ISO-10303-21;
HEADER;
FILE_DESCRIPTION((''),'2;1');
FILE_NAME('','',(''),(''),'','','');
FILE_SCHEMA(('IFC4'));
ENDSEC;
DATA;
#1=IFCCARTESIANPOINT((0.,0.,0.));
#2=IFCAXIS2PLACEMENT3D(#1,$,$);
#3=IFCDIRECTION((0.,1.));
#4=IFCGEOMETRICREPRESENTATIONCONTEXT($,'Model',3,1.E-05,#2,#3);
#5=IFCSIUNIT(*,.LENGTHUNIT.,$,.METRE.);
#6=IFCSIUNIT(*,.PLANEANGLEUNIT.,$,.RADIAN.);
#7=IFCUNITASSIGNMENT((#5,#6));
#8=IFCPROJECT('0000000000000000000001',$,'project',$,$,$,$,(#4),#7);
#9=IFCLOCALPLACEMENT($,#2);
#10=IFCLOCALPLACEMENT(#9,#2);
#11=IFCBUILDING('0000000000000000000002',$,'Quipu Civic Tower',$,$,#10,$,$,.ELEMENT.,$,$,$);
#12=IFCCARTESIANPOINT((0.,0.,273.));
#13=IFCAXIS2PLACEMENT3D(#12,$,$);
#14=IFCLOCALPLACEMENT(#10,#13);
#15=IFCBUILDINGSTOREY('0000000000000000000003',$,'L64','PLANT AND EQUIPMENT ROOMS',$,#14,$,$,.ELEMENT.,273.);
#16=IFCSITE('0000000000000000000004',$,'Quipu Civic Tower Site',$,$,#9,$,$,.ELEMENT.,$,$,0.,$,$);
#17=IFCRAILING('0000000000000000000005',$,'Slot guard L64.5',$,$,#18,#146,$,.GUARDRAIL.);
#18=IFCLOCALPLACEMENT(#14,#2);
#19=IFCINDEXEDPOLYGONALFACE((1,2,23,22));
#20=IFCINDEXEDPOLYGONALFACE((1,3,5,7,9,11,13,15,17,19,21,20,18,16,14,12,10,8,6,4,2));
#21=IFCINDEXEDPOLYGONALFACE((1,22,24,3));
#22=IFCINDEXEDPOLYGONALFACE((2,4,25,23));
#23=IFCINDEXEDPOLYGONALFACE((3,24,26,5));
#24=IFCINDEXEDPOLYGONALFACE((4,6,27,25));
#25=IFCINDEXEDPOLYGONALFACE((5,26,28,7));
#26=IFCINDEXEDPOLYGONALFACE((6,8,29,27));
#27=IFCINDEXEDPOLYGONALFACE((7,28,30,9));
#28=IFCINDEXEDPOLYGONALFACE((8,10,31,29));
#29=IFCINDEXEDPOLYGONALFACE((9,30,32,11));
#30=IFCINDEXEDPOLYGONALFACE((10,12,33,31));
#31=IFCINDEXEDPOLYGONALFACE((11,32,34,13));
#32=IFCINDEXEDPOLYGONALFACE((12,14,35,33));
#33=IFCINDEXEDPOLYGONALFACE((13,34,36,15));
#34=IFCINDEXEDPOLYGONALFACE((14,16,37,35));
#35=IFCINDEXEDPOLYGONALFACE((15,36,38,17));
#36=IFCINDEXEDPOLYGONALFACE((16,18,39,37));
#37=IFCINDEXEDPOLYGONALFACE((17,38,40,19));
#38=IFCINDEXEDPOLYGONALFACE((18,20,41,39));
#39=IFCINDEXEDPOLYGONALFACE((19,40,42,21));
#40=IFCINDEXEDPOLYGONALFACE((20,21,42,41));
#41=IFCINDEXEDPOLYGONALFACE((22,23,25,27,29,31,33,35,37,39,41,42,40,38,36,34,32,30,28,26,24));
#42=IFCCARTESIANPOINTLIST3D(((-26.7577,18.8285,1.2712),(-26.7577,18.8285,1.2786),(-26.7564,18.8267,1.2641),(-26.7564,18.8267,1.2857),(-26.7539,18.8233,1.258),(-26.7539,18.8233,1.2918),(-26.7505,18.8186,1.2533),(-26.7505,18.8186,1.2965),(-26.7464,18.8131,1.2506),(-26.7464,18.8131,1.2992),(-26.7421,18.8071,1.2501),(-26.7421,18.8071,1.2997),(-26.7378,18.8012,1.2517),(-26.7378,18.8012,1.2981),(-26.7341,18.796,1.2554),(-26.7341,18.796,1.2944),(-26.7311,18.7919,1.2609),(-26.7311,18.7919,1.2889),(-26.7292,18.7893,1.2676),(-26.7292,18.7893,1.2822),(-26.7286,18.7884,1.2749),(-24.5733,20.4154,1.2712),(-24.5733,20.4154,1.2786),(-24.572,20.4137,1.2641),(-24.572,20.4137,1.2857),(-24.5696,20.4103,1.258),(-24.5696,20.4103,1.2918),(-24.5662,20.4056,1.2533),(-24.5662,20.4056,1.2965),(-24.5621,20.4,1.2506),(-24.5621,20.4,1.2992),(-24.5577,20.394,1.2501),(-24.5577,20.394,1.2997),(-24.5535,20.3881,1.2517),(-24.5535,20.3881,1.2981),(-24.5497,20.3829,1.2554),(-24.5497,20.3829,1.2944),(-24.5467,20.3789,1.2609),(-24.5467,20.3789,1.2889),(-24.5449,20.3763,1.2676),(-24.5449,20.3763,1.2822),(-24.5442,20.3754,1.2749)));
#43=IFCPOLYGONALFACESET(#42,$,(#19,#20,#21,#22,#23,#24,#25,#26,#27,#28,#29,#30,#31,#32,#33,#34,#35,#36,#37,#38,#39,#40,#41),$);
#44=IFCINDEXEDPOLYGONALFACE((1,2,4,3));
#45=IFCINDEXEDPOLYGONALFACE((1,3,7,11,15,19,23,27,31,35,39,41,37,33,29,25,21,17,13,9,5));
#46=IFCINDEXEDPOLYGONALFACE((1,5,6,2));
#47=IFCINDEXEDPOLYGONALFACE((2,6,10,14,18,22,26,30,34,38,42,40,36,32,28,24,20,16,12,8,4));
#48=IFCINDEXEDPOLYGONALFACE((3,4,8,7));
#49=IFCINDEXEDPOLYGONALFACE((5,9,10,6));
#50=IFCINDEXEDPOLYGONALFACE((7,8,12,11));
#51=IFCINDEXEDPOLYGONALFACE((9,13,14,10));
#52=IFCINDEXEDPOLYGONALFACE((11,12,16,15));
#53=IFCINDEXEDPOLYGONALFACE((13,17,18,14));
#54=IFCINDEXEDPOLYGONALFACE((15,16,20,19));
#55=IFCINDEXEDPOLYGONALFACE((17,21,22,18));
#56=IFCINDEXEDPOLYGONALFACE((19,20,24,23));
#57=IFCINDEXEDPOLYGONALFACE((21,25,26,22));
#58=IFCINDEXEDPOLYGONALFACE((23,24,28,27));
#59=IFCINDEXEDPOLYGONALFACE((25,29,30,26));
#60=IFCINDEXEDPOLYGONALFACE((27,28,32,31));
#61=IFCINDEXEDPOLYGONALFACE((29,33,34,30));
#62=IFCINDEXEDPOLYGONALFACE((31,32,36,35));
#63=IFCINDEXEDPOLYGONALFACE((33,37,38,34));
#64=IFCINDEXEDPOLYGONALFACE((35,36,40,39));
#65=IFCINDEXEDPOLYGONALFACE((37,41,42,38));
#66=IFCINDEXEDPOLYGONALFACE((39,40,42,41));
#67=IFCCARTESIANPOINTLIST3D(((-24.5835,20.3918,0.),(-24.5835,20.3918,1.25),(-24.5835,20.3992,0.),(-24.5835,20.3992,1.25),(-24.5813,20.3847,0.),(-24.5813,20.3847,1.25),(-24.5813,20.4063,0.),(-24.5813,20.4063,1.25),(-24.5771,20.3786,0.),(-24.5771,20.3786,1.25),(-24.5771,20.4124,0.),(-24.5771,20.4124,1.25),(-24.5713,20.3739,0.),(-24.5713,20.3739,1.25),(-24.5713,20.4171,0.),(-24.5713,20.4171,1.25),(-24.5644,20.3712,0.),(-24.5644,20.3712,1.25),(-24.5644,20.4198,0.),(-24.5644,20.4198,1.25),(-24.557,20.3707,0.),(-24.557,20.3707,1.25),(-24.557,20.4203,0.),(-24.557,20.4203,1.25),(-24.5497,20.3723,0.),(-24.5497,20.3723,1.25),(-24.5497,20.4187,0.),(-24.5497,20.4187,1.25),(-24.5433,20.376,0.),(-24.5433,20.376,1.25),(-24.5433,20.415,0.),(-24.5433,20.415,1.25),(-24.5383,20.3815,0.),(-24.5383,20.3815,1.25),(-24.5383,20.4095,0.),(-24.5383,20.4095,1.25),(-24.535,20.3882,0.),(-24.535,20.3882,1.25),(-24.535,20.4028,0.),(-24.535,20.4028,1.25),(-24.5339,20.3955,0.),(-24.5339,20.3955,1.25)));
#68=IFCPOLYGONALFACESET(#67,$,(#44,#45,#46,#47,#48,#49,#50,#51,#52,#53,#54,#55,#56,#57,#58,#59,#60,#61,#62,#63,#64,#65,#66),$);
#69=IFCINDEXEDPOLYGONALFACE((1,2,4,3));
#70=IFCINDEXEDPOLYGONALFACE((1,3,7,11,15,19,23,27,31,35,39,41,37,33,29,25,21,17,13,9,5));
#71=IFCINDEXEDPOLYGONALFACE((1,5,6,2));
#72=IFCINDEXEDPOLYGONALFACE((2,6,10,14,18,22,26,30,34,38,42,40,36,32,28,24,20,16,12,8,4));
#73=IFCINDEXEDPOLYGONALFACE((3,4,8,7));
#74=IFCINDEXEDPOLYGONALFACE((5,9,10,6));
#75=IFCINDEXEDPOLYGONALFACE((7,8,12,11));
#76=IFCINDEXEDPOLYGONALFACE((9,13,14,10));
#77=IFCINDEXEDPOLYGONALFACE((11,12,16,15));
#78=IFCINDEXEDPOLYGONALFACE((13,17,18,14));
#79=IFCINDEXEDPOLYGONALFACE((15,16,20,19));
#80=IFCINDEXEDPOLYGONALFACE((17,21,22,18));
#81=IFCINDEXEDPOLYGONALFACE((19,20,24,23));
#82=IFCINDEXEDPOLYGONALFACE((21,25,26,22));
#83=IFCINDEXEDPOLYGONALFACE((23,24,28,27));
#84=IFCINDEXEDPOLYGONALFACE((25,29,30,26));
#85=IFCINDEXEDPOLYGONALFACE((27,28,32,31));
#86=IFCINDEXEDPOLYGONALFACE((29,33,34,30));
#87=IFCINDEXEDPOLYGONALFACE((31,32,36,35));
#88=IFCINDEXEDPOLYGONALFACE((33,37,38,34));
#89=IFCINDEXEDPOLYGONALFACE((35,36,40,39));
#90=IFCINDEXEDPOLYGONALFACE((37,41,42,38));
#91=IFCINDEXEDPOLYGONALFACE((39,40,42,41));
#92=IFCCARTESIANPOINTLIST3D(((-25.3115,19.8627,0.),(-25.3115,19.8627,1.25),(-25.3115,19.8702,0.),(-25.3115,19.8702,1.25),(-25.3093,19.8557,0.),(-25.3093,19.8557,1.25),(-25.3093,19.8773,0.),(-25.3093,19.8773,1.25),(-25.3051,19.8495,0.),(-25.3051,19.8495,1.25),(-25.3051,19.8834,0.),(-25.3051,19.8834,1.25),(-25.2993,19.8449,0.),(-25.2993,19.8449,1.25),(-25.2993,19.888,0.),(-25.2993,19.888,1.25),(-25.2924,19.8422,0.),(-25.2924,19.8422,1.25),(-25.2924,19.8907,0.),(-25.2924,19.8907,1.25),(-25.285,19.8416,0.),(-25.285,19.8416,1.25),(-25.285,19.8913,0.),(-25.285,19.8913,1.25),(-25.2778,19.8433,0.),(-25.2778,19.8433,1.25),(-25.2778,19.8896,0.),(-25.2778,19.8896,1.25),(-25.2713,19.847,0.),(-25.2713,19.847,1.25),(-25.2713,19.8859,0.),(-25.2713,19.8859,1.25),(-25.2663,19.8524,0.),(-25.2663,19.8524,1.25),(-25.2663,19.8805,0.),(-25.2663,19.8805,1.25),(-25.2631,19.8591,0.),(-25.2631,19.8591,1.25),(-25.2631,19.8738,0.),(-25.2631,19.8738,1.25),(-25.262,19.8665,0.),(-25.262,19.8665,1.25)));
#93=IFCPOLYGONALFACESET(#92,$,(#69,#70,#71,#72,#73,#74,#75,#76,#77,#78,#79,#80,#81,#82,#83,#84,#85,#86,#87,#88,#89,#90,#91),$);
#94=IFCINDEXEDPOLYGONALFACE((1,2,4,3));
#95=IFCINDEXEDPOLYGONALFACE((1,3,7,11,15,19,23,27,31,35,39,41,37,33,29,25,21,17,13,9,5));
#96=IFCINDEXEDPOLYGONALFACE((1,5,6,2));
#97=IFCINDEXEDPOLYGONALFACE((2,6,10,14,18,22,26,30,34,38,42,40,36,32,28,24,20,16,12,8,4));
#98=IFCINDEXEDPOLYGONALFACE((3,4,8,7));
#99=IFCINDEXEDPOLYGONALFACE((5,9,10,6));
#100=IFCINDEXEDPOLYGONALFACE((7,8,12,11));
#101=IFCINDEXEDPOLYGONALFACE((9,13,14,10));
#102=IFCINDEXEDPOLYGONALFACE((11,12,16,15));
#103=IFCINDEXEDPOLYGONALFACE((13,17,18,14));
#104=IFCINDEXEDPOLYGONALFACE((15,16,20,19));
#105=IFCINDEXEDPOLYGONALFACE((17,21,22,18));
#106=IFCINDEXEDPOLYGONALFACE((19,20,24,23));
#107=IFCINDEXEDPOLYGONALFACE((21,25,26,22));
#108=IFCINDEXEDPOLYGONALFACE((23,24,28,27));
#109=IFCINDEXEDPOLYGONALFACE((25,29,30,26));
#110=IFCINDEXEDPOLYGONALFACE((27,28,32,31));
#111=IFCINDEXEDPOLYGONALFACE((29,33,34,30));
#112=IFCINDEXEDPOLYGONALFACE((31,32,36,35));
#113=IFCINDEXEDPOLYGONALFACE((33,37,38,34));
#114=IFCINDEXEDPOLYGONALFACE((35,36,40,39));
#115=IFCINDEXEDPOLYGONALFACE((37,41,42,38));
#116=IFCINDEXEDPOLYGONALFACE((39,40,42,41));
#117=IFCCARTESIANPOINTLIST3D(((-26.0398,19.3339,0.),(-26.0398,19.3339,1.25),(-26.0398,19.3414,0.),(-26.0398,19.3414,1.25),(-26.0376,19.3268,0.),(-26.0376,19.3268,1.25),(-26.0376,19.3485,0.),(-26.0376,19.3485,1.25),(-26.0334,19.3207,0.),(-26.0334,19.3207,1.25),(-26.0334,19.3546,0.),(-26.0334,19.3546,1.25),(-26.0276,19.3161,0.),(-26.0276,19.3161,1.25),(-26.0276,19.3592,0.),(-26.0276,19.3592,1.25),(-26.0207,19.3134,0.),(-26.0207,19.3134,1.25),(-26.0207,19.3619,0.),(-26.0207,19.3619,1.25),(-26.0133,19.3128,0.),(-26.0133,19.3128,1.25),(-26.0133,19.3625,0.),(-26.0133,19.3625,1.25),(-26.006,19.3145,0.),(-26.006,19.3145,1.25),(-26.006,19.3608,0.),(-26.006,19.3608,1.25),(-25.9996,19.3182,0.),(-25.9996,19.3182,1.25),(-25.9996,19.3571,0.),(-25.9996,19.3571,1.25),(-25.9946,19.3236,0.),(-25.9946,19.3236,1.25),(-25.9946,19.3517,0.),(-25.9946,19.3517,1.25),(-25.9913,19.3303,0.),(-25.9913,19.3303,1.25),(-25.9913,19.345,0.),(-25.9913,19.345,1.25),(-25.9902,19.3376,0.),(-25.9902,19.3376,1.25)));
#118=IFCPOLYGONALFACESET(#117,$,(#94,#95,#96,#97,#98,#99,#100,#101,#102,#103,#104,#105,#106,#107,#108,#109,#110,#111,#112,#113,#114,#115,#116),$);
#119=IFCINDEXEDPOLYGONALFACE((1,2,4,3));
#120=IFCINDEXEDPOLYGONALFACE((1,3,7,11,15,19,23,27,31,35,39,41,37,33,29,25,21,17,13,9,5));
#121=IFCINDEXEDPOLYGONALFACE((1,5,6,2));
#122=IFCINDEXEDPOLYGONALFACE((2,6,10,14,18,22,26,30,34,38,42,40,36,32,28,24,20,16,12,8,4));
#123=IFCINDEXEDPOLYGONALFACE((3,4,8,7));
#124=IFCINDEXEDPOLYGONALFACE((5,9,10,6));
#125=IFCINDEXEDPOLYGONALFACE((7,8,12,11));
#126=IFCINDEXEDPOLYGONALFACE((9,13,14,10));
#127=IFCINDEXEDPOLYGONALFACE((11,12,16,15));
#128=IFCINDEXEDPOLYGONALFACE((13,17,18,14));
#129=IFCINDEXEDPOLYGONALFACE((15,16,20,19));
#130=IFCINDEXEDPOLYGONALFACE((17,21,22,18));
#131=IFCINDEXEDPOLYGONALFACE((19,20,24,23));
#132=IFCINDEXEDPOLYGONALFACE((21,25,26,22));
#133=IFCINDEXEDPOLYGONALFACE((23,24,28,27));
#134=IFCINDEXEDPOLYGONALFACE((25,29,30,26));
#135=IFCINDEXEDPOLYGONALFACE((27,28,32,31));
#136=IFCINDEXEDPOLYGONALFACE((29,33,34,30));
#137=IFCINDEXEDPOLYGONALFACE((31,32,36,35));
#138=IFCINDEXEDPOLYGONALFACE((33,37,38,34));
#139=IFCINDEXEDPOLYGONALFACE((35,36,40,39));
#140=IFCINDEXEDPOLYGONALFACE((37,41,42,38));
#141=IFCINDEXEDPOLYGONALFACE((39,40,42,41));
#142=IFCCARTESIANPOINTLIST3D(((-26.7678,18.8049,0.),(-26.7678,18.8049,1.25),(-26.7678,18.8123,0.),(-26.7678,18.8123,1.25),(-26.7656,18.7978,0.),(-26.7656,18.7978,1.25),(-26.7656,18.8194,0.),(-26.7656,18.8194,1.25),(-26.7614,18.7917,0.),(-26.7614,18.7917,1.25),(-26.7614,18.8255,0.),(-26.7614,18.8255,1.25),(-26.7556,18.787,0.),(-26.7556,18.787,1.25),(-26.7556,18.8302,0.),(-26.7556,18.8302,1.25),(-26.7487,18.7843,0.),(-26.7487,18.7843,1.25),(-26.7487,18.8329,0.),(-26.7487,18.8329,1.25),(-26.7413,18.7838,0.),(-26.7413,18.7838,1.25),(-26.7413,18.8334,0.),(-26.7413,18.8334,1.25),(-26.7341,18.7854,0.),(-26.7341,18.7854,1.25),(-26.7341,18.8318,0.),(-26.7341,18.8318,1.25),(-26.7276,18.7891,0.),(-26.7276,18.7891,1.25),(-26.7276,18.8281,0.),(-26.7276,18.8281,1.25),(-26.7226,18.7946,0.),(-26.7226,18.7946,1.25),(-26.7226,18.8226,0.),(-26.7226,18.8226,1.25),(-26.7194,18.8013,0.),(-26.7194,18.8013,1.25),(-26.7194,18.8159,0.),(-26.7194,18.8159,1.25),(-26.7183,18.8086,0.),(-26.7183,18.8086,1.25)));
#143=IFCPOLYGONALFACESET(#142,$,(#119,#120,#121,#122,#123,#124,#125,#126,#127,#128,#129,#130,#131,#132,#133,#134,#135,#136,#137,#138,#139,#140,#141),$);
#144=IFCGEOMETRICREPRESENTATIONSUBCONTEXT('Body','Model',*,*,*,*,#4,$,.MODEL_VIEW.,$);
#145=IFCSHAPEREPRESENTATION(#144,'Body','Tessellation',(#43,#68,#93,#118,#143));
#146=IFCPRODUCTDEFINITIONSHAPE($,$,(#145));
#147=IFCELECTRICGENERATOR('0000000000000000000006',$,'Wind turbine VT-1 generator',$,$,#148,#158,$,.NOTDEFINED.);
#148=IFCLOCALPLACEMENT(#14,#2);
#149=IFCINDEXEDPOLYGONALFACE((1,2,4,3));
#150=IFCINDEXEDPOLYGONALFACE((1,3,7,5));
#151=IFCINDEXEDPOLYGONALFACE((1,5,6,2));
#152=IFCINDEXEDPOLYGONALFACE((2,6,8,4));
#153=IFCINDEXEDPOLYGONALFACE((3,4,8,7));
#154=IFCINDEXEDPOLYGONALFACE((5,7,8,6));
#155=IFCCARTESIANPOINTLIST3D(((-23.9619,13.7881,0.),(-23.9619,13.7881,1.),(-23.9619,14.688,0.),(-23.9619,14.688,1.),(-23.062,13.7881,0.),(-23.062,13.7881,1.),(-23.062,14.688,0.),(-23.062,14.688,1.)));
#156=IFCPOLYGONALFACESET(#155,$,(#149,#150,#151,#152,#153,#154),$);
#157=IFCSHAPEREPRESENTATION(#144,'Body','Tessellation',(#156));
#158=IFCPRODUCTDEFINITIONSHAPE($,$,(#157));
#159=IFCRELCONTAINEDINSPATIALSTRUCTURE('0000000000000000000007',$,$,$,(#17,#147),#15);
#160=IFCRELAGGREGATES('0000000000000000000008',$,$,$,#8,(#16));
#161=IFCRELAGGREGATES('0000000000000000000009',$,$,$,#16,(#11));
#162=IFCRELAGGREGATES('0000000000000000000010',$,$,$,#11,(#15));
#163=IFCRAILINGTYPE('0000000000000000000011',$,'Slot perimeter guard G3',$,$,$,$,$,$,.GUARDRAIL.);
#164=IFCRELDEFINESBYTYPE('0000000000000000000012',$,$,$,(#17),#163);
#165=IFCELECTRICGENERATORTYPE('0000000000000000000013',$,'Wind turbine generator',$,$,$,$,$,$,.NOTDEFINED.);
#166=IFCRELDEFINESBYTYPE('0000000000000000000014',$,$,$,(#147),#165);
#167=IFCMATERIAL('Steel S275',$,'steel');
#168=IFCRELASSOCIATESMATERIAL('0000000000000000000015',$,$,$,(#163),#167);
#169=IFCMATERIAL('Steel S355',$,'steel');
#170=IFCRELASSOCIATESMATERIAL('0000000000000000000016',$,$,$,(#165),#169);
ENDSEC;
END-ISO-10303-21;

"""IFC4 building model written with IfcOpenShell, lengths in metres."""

from ifc_helpers import new_model, si_unit, direction, frame, origin, origin_2d, place, context, subcontext, project, spatial, rectangle, circle, extrude, material, type_object, element, save


model = new_model("IFC4")

# Units and contexts
model_context = context("Model", 3, precision=1e-05, world=origin(), true_north=direction((0.0, 1.0)))
body_context = subcontext(model_context, "Body", "Model", "MODEL_VIEW")
ifc_project = project(units=[si_unit("LENGTHUNIT", "METRE"), si_unit("PLANEANGLEUNIT", "RADIAN")], contexts=[model_context])

# Site, building, storey
site_placement = place(None, origin())
site = spatial("IfcSite", under=ifc_project, at=site_placement, Name="Quipu Civic Tower Site", CompositionType="ELEMENT", RefElevation=0.0)
building_placement = place(site_placement, origin())
building = spatial("IfcBuilding", under=site, at=building_placement, Name="Quipu Civic Tower", CompositionType="ELEMENT")
storey_placement = place(building_placement, frame((0.0, 0.0, 273.0)))
storey = spatial("IfcBuildingStorey", under=building, at=storey_placement, Name="L64", Description="PLANT AND EQUIPMENT ROOMS", CompositionType="ELEMENT", Elevation=273.0)

# Railing
ifc_material_1 = material(Name="Steel S275", Category="steel")
railing_type = type_object("IfcRailingType", Name="Slot perimeter guard G3", PredefinedType="GUARDRAIL", material=ifc_material_1)
railing_1_placement = place(storey_placement, frame((-24.5588, 20.3955, 0.0)))
element("IfcRailing", 1, at=railing_1_placement, inside=storey, type_object=railing_type, Name="Slot guard L64.5", PredefinedType="GUARDRAIL", context=body_context, shape_type="SweptSolid", body=[
    extrude(circle(Radius=0.0249, at=origin_2d()), frame((0.0, 0.0, 1.2749), z_axis=(-0.809033, -0.587763, 0.0), x_axis=(0.587763, -0.809033, 0.0)), (0.0, 0.0, 1.0), 2.7),
    extrude(circle(Radius=0.0249, at=origin_2d()), origin(), (0.0, 0.0, 1.0), 1.25),
    extrude(circle(Radius=0.0249, at=origin_2d()), frame((-0.728, -0.5291, 0.0)), (0.0, 0.0, 1.0), 1.25),
    extrude(circle(Radius=0.0249, at=origin_2d()), frame((-1.4563, -1.0579, 0.0)), (0.0, 0.0, 1.0), 1.25),
    extrude(circle(Radius=0.0249, at=origin_2d()), frame((-2.1843, -1.5869, 0.0)), (0.0, 0.0, 1.0), 1.25),
])

# Electric generator
ifc_material_2 = material(Name="Steel S355", Category="steel")
electric_generator_type = type_object("IfcElectricGeneratorType", Name="Wind turbine generator", PredefinedType="NOTDEFINED", material=ifc_material_2)
electric_generator_placement = place(storey_placement, frame((-23.512, 14.238, 0.0), z_axis=(0.0, 0.0, 1.0), x_axis=(1.0, 0.0, 0.0)))
element("IfcElectricGenerator", 2, at=electric_generator_placement, inside=storey, type_object=electric_generator_type, Name="Wind turbine VT-1 generator", PredefinedType="NOTDEFINED", context=body_context, shape_type="SweptSolid", body=[
    extrude(rectangle(XDim=0.8999, YDim=0.8999, at=origin_2d()), origin(), (0.0, 0.0, 1.0), 1.0),
])

save(model, "model.ifc")
